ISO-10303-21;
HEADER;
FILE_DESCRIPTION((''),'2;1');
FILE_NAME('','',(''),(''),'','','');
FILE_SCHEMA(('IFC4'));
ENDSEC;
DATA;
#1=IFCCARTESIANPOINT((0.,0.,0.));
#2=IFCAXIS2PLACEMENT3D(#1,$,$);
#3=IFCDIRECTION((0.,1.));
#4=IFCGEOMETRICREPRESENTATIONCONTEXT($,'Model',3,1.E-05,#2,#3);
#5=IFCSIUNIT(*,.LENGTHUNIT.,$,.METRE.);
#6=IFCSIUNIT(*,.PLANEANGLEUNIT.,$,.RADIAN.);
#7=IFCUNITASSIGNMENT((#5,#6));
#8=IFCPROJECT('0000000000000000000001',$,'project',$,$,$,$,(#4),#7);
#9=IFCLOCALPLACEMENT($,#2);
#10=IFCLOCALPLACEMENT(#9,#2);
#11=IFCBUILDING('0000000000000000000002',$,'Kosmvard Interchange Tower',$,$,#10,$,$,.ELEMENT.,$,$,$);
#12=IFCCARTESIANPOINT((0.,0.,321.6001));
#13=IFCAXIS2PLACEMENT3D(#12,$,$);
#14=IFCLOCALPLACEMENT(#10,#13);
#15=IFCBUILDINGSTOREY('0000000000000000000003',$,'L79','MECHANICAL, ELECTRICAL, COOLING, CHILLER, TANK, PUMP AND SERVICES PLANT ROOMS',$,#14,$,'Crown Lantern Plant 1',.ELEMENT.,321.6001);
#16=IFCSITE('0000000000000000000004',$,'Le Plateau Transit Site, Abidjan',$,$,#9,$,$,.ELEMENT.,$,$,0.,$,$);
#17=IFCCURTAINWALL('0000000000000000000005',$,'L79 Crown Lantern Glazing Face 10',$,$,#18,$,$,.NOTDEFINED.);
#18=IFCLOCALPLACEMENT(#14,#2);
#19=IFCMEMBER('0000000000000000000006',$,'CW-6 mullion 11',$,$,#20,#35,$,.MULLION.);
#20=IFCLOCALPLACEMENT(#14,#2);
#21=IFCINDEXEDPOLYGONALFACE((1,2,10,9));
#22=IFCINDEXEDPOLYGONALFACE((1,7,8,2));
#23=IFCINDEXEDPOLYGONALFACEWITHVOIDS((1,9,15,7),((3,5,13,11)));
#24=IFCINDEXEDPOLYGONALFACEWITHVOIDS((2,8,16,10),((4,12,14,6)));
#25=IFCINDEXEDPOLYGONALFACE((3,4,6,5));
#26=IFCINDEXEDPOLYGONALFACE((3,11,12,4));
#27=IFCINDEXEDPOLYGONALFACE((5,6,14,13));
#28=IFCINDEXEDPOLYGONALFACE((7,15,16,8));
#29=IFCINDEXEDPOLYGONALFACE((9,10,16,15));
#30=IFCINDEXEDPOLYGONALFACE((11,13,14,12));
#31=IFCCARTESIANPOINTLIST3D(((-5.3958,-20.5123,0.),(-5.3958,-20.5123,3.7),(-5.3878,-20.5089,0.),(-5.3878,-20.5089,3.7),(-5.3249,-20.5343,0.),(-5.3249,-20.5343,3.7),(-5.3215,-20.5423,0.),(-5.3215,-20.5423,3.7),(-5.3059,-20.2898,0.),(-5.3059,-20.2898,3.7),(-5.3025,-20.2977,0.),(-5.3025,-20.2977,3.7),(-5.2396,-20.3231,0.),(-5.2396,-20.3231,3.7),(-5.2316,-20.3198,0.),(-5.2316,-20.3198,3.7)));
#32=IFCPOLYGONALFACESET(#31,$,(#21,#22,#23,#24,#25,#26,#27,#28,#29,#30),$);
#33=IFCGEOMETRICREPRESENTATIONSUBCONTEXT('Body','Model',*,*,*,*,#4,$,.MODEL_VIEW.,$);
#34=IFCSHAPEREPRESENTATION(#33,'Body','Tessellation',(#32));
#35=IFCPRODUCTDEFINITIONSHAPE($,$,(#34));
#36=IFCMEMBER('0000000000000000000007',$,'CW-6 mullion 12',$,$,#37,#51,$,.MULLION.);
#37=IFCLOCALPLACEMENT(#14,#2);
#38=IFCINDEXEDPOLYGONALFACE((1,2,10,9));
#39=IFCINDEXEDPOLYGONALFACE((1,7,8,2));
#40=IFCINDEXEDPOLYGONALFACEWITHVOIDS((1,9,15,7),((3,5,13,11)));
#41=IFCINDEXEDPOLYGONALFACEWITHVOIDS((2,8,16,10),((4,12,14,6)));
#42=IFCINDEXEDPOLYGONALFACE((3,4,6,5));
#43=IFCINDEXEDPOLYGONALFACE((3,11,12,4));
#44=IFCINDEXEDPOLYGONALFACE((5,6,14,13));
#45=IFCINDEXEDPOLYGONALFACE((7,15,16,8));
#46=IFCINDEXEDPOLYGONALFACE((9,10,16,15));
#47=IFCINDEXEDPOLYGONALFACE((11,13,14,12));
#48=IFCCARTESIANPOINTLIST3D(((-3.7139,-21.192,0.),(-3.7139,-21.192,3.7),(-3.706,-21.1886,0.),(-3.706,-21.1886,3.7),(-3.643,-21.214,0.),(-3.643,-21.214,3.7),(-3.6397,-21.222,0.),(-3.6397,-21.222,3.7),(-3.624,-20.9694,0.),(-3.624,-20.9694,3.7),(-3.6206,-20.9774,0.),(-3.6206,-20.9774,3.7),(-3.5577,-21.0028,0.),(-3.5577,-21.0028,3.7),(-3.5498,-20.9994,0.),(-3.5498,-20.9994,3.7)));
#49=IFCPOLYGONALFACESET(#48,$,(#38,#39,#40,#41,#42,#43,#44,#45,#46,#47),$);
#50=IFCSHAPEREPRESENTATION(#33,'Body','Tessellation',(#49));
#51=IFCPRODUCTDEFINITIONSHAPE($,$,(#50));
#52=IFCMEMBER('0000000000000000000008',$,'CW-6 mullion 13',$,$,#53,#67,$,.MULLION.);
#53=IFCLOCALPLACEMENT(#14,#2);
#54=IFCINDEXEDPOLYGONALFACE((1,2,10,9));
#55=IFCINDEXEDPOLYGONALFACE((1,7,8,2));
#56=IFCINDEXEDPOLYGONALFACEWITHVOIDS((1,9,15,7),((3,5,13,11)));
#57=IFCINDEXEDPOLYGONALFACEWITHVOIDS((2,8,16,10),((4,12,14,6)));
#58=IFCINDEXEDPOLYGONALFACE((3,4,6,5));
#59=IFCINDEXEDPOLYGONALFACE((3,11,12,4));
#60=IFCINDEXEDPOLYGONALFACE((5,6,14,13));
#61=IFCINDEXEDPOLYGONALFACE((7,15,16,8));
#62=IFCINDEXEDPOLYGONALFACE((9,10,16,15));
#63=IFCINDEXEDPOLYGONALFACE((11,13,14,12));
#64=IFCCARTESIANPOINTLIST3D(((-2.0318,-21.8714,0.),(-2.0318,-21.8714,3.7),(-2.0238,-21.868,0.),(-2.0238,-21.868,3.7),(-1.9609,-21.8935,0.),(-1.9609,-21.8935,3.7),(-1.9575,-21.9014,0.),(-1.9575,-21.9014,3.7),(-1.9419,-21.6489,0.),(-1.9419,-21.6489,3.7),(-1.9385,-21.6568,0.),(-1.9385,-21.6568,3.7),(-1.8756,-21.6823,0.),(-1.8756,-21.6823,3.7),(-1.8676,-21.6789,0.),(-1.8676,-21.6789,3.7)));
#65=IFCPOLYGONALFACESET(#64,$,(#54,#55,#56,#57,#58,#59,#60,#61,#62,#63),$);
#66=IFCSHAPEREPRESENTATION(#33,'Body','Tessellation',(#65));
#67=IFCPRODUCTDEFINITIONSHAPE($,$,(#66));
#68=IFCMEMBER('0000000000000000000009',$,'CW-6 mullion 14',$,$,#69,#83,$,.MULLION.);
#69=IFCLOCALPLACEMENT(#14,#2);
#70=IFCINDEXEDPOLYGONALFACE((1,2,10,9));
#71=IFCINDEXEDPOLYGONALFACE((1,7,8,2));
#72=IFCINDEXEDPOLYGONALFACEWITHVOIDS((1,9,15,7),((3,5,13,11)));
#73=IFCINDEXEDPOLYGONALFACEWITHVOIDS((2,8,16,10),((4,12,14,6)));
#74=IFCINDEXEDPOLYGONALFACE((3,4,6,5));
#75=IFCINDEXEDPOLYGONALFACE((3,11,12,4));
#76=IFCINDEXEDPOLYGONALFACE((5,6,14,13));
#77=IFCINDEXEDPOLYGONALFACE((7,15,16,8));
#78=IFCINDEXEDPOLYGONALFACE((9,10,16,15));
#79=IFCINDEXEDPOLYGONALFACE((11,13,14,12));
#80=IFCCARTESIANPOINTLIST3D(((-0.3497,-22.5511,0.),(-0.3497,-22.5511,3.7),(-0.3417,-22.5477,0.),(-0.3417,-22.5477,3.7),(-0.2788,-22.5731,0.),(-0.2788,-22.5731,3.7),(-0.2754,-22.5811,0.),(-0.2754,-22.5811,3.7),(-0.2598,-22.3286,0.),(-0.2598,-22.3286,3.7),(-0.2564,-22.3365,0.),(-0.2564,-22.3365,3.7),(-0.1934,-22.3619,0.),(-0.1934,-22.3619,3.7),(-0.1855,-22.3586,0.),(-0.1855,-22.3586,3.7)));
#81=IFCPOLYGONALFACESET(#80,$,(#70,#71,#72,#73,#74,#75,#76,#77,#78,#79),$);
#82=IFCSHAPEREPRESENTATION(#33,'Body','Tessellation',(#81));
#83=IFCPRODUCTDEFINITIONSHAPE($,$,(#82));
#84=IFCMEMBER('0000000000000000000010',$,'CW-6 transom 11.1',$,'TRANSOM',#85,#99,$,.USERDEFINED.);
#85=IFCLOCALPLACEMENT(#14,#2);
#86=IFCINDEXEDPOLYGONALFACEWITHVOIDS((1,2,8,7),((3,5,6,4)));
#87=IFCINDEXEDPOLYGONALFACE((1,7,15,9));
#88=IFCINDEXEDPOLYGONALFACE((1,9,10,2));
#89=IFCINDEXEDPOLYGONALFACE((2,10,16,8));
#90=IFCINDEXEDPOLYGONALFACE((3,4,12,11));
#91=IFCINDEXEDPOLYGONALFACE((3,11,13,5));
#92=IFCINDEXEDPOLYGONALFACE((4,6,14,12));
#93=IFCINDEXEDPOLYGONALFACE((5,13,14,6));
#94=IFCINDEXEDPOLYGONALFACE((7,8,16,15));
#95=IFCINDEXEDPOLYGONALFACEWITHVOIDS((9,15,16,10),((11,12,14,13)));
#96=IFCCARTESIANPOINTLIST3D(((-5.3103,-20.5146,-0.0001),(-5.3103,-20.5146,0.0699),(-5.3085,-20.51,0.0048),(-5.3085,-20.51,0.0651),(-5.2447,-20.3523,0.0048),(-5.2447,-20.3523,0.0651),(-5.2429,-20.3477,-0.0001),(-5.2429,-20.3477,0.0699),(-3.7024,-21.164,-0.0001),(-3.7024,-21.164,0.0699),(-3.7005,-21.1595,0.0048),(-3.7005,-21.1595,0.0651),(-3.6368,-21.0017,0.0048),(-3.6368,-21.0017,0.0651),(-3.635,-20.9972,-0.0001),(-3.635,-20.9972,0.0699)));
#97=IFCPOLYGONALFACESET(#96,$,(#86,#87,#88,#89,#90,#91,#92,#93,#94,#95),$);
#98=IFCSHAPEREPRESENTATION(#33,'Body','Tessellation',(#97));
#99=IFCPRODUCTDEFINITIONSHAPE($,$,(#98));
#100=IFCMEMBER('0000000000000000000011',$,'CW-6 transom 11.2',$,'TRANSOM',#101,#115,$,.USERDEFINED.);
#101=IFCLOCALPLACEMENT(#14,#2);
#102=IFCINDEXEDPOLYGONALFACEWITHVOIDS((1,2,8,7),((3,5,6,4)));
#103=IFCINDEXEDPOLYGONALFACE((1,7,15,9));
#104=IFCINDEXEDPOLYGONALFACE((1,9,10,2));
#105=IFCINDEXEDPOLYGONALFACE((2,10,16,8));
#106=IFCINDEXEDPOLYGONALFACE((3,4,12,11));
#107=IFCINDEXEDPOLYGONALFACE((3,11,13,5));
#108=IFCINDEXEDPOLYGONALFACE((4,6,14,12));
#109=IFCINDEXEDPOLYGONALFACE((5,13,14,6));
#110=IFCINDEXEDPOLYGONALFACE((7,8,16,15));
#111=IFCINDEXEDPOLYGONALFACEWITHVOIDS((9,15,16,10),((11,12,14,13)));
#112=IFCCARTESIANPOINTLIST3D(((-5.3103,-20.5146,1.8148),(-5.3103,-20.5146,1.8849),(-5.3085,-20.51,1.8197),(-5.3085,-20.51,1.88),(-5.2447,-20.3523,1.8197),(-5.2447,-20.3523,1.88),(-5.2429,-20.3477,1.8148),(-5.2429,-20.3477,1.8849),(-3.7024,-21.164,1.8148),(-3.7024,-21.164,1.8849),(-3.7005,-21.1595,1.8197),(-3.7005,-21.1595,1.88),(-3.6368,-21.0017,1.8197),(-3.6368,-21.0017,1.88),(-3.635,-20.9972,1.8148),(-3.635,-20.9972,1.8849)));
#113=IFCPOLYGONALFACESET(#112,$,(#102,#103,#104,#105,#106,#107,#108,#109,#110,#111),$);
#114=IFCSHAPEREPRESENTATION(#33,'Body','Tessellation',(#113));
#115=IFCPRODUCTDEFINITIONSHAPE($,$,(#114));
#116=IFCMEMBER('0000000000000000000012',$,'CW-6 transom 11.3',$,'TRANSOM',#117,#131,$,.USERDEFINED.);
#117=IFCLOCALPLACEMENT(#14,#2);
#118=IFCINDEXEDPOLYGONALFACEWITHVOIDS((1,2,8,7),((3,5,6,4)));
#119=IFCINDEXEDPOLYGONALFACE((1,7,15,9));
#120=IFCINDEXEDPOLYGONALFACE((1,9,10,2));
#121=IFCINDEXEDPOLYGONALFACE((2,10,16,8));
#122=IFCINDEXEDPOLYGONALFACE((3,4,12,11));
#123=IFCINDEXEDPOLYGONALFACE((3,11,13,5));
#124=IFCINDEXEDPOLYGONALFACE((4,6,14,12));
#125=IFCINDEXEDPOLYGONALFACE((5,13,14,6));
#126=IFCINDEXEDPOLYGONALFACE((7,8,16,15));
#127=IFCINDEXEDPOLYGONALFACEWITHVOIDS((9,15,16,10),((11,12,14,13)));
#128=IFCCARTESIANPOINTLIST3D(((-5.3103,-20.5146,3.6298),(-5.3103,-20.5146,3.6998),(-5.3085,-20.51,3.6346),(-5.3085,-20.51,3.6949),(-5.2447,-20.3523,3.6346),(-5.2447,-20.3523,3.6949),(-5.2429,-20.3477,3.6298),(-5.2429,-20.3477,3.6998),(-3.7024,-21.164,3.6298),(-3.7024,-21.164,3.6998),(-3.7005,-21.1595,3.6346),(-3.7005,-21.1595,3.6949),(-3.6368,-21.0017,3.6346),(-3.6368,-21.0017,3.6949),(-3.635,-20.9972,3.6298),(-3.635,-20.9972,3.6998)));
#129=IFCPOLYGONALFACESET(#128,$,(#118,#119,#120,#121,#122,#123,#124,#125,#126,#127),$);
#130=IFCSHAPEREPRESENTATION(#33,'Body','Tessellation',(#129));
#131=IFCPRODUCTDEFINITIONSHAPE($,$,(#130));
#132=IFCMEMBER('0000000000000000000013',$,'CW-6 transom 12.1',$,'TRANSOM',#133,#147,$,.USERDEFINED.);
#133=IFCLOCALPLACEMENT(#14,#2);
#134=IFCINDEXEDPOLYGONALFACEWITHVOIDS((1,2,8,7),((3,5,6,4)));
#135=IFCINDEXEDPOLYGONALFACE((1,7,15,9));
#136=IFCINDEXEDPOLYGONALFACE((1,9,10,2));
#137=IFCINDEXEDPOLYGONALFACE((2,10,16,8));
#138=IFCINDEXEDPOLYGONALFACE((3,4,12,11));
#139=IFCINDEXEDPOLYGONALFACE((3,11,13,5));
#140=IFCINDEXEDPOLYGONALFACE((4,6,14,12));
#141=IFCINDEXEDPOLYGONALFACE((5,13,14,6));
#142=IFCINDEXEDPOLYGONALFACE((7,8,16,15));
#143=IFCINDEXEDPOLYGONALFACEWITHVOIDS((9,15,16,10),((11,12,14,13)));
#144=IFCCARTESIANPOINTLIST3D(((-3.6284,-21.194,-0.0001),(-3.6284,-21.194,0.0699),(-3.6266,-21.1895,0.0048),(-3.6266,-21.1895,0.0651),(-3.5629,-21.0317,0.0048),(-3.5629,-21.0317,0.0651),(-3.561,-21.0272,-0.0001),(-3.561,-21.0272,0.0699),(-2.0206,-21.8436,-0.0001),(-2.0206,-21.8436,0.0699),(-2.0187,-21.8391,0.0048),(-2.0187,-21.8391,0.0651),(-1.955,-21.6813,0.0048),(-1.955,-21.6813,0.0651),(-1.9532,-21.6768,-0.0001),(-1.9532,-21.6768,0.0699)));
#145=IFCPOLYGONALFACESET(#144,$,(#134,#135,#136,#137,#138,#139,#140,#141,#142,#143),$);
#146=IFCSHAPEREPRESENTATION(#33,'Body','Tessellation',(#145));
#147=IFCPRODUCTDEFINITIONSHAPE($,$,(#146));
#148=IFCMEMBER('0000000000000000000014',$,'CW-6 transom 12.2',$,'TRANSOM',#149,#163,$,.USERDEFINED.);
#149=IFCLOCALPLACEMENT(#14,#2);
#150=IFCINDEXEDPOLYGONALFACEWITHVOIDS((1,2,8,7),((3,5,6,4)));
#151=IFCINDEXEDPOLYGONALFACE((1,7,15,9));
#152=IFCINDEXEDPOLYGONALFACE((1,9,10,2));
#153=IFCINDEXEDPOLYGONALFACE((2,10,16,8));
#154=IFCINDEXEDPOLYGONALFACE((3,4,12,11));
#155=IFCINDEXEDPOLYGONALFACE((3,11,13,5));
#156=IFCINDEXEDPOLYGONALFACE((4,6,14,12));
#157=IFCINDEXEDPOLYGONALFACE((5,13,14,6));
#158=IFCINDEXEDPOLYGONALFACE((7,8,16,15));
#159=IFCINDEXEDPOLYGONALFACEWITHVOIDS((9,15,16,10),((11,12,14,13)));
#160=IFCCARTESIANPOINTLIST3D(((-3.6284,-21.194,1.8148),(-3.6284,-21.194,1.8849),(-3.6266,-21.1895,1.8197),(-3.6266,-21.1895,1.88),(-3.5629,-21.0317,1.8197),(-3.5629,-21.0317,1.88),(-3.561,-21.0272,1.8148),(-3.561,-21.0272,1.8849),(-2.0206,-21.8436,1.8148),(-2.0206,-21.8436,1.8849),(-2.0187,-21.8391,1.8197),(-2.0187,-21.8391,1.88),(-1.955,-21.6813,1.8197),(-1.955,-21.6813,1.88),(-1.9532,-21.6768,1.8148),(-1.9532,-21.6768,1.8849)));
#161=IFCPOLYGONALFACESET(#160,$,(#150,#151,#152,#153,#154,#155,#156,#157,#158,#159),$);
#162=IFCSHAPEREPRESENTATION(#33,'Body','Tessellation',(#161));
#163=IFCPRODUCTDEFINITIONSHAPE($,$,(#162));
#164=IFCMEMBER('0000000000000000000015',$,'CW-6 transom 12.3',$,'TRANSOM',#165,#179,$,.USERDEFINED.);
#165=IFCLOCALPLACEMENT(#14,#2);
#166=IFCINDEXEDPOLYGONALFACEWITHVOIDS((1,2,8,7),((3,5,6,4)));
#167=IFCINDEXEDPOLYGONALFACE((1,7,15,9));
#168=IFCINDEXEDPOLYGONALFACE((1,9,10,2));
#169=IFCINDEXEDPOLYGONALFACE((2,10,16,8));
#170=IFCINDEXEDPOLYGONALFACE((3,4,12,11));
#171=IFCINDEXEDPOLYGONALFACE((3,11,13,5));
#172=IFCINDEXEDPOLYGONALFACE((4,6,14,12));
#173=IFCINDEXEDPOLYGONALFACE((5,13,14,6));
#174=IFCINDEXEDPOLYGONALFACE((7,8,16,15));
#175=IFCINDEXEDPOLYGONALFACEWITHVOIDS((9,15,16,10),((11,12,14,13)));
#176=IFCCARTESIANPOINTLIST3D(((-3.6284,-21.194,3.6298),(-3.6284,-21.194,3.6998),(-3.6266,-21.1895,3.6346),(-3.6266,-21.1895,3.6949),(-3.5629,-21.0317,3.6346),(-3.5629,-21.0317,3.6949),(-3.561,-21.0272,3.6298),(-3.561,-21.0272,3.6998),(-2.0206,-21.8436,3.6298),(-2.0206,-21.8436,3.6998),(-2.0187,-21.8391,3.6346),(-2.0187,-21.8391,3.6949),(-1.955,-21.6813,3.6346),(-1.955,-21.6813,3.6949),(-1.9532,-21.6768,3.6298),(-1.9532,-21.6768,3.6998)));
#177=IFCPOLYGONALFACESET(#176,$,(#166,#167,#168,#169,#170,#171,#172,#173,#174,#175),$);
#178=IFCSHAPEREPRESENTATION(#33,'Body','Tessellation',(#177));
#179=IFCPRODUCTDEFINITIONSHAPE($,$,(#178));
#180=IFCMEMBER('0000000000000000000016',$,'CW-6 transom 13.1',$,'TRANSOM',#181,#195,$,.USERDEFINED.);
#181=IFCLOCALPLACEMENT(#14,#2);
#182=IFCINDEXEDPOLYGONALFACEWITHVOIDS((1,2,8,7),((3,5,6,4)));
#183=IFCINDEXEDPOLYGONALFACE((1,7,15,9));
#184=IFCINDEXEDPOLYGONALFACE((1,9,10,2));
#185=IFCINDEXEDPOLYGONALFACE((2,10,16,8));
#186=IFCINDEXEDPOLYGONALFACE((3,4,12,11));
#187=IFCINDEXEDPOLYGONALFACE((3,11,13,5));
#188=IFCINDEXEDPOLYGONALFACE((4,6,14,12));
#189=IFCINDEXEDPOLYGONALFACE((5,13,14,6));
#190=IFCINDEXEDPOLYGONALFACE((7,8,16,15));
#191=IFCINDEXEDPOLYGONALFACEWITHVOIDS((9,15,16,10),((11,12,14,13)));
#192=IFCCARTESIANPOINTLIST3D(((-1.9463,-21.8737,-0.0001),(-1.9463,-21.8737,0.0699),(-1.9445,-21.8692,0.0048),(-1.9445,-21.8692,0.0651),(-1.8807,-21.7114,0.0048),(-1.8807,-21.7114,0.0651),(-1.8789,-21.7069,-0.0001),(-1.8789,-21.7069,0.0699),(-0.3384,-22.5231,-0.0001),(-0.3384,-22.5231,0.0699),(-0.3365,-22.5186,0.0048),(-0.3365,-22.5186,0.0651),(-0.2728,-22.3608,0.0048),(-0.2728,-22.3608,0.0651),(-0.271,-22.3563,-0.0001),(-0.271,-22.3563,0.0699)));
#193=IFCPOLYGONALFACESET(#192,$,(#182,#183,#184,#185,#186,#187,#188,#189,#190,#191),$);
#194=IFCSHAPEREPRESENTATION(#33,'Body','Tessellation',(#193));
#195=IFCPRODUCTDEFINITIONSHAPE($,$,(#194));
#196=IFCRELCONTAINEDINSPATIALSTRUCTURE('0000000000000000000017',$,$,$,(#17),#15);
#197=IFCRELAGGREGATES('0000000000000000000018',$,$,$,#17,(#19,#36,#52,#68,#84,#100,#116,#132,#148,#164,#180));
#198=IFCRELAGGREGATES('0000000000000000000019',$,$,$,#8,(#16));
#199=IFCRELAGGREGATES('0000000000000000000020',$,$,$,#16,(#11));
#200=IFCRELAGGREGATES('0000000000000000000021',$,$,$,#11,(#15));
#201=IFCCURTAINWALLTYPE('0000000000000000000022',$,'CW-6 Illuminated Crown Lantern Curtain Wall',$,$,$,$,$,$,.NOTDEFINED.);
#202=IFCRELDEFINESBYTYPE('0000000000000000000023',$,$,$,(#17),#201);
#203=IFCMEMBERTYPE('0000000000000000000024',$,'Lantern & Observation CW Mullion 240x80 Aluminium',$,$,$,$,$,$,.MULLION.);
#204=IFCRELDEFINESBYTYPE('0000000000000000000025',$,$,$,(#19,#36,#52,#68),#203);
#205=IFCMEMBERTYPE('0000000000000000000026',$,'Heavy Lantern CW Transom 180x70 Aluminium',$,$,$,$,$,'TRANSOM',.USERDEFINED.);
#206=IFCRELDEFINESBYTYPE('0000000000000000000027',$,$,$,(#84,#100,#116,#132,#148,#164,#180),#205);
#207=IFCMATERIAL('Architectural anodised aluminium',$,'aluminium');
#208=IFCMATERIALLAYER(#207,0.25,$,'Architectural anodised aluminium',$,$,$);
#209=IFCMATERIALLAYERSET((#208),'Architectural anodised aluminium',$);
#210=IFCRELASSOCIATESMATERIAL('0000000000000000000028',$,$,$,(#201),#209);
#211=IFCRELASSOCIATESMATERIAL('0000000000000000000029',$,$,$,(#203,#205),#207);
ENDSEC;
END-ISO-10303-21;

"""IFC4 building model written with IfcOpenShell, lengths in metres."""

from ifc_helpers import new_model, si_unit, direction, frame, origin, origin_2d, place, context, subcontext, project, spatial, hollow_rectangle, extrude, source, transform, mapped, material, layer, layer_set, material_profile, profile_set, type_object, element, aggregate, save


model = new_model("IFC4")

# Units and contexts
model_context = context("Model", 3, precision=1e-05, world=origin(), true_north=direction((0.0, 1.0)))
body_context = subcontext(model_context, "Body", "Model", "MODEL_VIEW")
ifc_project = project(units=[si_unit("LENGTHUNIT", "METRE"), si_unit("PLANEANGLEUNIT", "RADIAN")], contexts=[model_context])

# Site, building, storey
site_placement = place(None, origin())
site = spatial("IfcSite", under=ifc_project, at=site_placement, Name="Le Plateau Transit Site, Abidjan", CompositionType="ELEMENT", RefElevation=0.0)
building_placement = place(site_placement, origin())
building = spatial("IfcBuilding", under=site, at=building_placement, Name="Kosmvard Interchange Tower", CompositionType="ELEMENT")
storey_placement = place(building_placement, frame((0.0, 0.0, 321.6001)))
storey = spatial("IfcBuildingStorey", under=building, at=storey_placement, Name="L79", Description="MECHANICAL, ELECTRICAL, COOLING, CHILLER, TANK, PUMP AND SERVICES PLANT ROOMS", LongName="Crown Lantern Plant 1", CompositionType="ELEMENT", Elevation=321.6001)

# Curtain wall, members
ifc_material_1 = material(Name="Architectural anodised aluminium", Category="aluminium")
ifc_layer_1 = layer(ifc_material_1, 0.25, Name="Architectural anodised aluminium")
ifc_layer_set_1 = layer_set([ifc_layer_1], Name="Architectural anodised aluminium")
curtain_wall_type = type_object("IfcCurtainWallType", Name="CW-6 Illuminated Crown Lantern Curtain Wall", PredefinedType="NOTDEFINED", material=ifc_layer_set_1)
curtain_wall_placement = place(storey_placement, origin())
curtain_wall = element("IfcCurtainWall", 1, at=curtain_wall_placement, inside=storey, type_object=curtain_wall_type, Name="L79 Crown Lantern Glazing Face 10", PredefinedType="NOTDEFINED")
ifc_material_profile_1 = material_profile(ifc_material_1, hollow_rectangle(XDim=0.24, YDim=0.0801, WallThickness=0.0061, at=origin_2d()), Name="CWM 240x80x6")
ifc_profile_set_1 = profile_set([ifc_material_profile_1], Name="Architectural anodised aluminium")
member_type_1 = type_object("IfcMemberType", Name="Lantern & Observation CW Mullion 240x80 Aluminium", PredefinedType="MULLION", material=ifc_profile_set_1)
shared_shape_1 = source(origin(), body_context, "Body", "SweptSolid", [
    extrude(hollow_rectangle(XDim=0.24, YDim=0.0801, WallThickness=0.0061, at=origin_2d()), origin(), (0.0, 0.0, 1.0), 3.7),
])
member_1_placement = place(storey_placement, frame((-5.3137, -20.416, 0.0), z_axis=(0.0, 0.0, 1.0), x_axis=(0.374607, 0.927184, 0.0)))
member_1 = element("IfcMember", 2, at=member_1_placement, type_object=member_type_1, Name="CW-6 mullion 11", PredefinedType="MULLION", context=body_context, shape_type="MappedRepresentation", body=[
    mapped(shared_shape_1, transform((0.0, 0.0, 0.0), scale=1.0)),
])
member_2_placement = place(storey_placement, frame((-3.6318, -21.0957, 0.0), z_axis=(0.0, 0.0, 1.0), x_axis=(0.374607, 0.927184, 0.0)))
member_2 = element("IfcMember", 3, at=member_2_placement, type_object=member_type_1, Name="CW-6 mullion 12", PredefinedType="MULLION", context=body_context, shape_type="MappedRepresentation", body=[
    mapped(shared_shape_1, transform((0.0, 0.0, 0.0), scale=1.0)),
])
member_3_placement = place(storey_placement, frame((-1.9497, -21.7751, 0.0), z_axis=(0.0, 0.0, 1.0), x_axis=(0.374607, 0.927184, 0.0)))
member_3 = element("IfcMember", 4, at=member_3_placement, type_object=member_type_1, Name="CW-6 mullion 13", PredefinedType="MULLION", context=body_context, shape_type="MappedRepresentation", body=[
    mapped(shared_shape_1, transform((0.0, 0.0, 0.0), scale=1.0)),
])
member_4_placement = place(storey_placement, frame((-0.2676, -22.4548, 0.0), z_axis=(0.0, 0.0, 1.0), x_axis=(0.374607, 0.927184, 0.0)))
member_4 = element("IfcMember", 5, at=member_4_placement, type_object=member_type_1, Name="CW-6 mullion 14", PredefinedType="MULLION", context=body_context, shape_type="MappedRepresentation", body=[
    mapped(shared_shape_1, transform((0.0, 0.0, 0.0), scale=1.0)),
])
ifc_material_profile_2 = material_profile(ifc_material_1, hollow_rectangle(XDim=0.1799, YDim=0.0701, WallThickness=0.0049, at=origin_2d()), Name="CWT 180x70x5")
ifc_profile_set_2 = profile_set([ifc_material_profile_2], Name="Architectural anodised aluminium")
member_type_2 = type_object("IfcMemberType", Name="Heavy Lantern CW Transom 180x70 Aluminium", ElementType="TRANSOM", PredefinedType="USERDEFINED", material=ifc_profile_set_2)
shared_shape_2 = source(origin(), body_context, "Body", "SweptSolid", [
    extrude(hollow_rectangle(XDim=0.1799, YDim=0.0701, WallThickness=0.0049, at=origin_2d()), origin(), (0.0, 0.0, 1.0), 1.7341),
])
member_5_placement = place(storey_placement, frame((-5.2766, -20.4312, 0.0349), z_axis=(0.927229, -0.374496, 0.0), x_axis=(0.374496, 0.927229, 0.0)))
member_5 = element("IfcMember", 6, at=member_5_placement, type_object=member_type_2, Name="CW-6 transom 11.1", ObjectType="TRANSOM", PredefinedType="USERDEFINED", context=body_context, shape_type="MappedRepresentation", body=[
    mapped(shared_shape_2, transform((0.0, 0.0, 0.0), scale=1.0)),
])
member_6_placement = place(storey_placement, frame((-5.2766, -20.4312, 1.8499), z_axis=(0.927229, -0.374496, 0.0), x_axis=(0.374496, 0.927229, 0.0)))
member_6 = element("IfcMember", 7, at=member_6_placement, type_object=member_type_2, Name="CW-6 transom 11.2", ObjectType="TRANSOM", PredefinedType="USERDEFINED", context=body_context, shape_type="MappedRepresentation", body=[
    mapped(shared_shape_2, transform((0.0, 0.0, 0.0), scale=1.0)),
])
member_7_placement = place(storey_placement, frame((-5.2766, -20.4312, 3.6648), z_axis=(0.927229, -0.374496, 0.0), x_axis=(0.374496, 0.927229, 0.0)))
member_7 = element("IfcMember", 8, at=member_7_placement, type_object=member_type_2, Name="CW-6 transom 11.3", ObjectType="TRANSOM", PredefinedType="USERDEFINED", context=body_context, shape_type="MappedRepresentation", body=[
    mapped(shared_shape_2, transform((0.0, 0.0, 0.0), scale=1.0)),
])
member_8_placement = place(storey_placement, frame((-3.5947, -21.1106, 0.0349), z_axis=(0.92718, -0.374617, 0.0), x_axis=(0.374617, 0.92718, 0.0)))
member_8 = element("IfcMember", 9, at=member_8_placement, type_object=member_type_2, Name="CW-6 transom 12.1", ObjectType="TRANSOM", PredefinedType="USERDEFINED", context=body_context, shape_type="MappedRepresentation", body=[
    mapped(shared_shape_2, transform((0.0, 0.0, 0.0), scale=1.0)),
])
member_9_placement = place(storey_placement, frame((-3.5947, -21.1106, 1.8499), z_axis=(0.92718, -0.374617, 0.0), x_axis=(0.374617, 0.92718, 0.0)))
member_9 = element("IfcMember", 10, at=member_9_placement, type_object=member_type_2, Name="CW-6 transom 12.2", ObjectType="TRANSOM", PredefinedType="USERDEFINED", context=body_context, shape_type="MappedRepresentation", body=[
    mapped(shared_shape_2, transform((0.0, 0.0, 0.0), scale=1.0)),
])
member_10_placement = place(storey_placement, frame((-3.5947, -21.1106, 3.6648), z_axis=(0.92718, -0.374617, 0.0), x_axis=(0.374617, 0.92718, 0.0)))
member_10 = element("IfcMember", 11, at=member_10_placement, type_object=member_type_2, Name="CW-6 transom 12.3", ObjectType="TRANSOM", PredefinedType="USERDEFINED", context=body_context, shape_type="MappedRepresentation", body=[
    mapped(shared_shape_2, transform((0.0, 0.0, 0.0), scale=1.0)),
])
member_11_placement = place(storey_placement, frame((-1.9126, -21.7903, 0.0349), z_axis=(0.927229, -0.374496, 0.0), x_axis=(0.374496, 0.927229, 0.0)))
member_11 = element("IfcMember", 12, at=member_11_placement, type_object=member_type_2, Name="CW-6 transom 13.1", ObjectType="TRANSOM", PredefinedType="USERDEFINED", context=body_context, shape_type="MappedRepresentation", body=[
    mapped(shared_shape_2, transform((0.0, 0.0, 0.0), scale=1.0)),
])
aggregate(curtain_wall, [member_1, member_2, member_3, member_4, member_5, member_6, member_7, member_8, member_9, member_10, member_11])

save(model, "model.ifc")
